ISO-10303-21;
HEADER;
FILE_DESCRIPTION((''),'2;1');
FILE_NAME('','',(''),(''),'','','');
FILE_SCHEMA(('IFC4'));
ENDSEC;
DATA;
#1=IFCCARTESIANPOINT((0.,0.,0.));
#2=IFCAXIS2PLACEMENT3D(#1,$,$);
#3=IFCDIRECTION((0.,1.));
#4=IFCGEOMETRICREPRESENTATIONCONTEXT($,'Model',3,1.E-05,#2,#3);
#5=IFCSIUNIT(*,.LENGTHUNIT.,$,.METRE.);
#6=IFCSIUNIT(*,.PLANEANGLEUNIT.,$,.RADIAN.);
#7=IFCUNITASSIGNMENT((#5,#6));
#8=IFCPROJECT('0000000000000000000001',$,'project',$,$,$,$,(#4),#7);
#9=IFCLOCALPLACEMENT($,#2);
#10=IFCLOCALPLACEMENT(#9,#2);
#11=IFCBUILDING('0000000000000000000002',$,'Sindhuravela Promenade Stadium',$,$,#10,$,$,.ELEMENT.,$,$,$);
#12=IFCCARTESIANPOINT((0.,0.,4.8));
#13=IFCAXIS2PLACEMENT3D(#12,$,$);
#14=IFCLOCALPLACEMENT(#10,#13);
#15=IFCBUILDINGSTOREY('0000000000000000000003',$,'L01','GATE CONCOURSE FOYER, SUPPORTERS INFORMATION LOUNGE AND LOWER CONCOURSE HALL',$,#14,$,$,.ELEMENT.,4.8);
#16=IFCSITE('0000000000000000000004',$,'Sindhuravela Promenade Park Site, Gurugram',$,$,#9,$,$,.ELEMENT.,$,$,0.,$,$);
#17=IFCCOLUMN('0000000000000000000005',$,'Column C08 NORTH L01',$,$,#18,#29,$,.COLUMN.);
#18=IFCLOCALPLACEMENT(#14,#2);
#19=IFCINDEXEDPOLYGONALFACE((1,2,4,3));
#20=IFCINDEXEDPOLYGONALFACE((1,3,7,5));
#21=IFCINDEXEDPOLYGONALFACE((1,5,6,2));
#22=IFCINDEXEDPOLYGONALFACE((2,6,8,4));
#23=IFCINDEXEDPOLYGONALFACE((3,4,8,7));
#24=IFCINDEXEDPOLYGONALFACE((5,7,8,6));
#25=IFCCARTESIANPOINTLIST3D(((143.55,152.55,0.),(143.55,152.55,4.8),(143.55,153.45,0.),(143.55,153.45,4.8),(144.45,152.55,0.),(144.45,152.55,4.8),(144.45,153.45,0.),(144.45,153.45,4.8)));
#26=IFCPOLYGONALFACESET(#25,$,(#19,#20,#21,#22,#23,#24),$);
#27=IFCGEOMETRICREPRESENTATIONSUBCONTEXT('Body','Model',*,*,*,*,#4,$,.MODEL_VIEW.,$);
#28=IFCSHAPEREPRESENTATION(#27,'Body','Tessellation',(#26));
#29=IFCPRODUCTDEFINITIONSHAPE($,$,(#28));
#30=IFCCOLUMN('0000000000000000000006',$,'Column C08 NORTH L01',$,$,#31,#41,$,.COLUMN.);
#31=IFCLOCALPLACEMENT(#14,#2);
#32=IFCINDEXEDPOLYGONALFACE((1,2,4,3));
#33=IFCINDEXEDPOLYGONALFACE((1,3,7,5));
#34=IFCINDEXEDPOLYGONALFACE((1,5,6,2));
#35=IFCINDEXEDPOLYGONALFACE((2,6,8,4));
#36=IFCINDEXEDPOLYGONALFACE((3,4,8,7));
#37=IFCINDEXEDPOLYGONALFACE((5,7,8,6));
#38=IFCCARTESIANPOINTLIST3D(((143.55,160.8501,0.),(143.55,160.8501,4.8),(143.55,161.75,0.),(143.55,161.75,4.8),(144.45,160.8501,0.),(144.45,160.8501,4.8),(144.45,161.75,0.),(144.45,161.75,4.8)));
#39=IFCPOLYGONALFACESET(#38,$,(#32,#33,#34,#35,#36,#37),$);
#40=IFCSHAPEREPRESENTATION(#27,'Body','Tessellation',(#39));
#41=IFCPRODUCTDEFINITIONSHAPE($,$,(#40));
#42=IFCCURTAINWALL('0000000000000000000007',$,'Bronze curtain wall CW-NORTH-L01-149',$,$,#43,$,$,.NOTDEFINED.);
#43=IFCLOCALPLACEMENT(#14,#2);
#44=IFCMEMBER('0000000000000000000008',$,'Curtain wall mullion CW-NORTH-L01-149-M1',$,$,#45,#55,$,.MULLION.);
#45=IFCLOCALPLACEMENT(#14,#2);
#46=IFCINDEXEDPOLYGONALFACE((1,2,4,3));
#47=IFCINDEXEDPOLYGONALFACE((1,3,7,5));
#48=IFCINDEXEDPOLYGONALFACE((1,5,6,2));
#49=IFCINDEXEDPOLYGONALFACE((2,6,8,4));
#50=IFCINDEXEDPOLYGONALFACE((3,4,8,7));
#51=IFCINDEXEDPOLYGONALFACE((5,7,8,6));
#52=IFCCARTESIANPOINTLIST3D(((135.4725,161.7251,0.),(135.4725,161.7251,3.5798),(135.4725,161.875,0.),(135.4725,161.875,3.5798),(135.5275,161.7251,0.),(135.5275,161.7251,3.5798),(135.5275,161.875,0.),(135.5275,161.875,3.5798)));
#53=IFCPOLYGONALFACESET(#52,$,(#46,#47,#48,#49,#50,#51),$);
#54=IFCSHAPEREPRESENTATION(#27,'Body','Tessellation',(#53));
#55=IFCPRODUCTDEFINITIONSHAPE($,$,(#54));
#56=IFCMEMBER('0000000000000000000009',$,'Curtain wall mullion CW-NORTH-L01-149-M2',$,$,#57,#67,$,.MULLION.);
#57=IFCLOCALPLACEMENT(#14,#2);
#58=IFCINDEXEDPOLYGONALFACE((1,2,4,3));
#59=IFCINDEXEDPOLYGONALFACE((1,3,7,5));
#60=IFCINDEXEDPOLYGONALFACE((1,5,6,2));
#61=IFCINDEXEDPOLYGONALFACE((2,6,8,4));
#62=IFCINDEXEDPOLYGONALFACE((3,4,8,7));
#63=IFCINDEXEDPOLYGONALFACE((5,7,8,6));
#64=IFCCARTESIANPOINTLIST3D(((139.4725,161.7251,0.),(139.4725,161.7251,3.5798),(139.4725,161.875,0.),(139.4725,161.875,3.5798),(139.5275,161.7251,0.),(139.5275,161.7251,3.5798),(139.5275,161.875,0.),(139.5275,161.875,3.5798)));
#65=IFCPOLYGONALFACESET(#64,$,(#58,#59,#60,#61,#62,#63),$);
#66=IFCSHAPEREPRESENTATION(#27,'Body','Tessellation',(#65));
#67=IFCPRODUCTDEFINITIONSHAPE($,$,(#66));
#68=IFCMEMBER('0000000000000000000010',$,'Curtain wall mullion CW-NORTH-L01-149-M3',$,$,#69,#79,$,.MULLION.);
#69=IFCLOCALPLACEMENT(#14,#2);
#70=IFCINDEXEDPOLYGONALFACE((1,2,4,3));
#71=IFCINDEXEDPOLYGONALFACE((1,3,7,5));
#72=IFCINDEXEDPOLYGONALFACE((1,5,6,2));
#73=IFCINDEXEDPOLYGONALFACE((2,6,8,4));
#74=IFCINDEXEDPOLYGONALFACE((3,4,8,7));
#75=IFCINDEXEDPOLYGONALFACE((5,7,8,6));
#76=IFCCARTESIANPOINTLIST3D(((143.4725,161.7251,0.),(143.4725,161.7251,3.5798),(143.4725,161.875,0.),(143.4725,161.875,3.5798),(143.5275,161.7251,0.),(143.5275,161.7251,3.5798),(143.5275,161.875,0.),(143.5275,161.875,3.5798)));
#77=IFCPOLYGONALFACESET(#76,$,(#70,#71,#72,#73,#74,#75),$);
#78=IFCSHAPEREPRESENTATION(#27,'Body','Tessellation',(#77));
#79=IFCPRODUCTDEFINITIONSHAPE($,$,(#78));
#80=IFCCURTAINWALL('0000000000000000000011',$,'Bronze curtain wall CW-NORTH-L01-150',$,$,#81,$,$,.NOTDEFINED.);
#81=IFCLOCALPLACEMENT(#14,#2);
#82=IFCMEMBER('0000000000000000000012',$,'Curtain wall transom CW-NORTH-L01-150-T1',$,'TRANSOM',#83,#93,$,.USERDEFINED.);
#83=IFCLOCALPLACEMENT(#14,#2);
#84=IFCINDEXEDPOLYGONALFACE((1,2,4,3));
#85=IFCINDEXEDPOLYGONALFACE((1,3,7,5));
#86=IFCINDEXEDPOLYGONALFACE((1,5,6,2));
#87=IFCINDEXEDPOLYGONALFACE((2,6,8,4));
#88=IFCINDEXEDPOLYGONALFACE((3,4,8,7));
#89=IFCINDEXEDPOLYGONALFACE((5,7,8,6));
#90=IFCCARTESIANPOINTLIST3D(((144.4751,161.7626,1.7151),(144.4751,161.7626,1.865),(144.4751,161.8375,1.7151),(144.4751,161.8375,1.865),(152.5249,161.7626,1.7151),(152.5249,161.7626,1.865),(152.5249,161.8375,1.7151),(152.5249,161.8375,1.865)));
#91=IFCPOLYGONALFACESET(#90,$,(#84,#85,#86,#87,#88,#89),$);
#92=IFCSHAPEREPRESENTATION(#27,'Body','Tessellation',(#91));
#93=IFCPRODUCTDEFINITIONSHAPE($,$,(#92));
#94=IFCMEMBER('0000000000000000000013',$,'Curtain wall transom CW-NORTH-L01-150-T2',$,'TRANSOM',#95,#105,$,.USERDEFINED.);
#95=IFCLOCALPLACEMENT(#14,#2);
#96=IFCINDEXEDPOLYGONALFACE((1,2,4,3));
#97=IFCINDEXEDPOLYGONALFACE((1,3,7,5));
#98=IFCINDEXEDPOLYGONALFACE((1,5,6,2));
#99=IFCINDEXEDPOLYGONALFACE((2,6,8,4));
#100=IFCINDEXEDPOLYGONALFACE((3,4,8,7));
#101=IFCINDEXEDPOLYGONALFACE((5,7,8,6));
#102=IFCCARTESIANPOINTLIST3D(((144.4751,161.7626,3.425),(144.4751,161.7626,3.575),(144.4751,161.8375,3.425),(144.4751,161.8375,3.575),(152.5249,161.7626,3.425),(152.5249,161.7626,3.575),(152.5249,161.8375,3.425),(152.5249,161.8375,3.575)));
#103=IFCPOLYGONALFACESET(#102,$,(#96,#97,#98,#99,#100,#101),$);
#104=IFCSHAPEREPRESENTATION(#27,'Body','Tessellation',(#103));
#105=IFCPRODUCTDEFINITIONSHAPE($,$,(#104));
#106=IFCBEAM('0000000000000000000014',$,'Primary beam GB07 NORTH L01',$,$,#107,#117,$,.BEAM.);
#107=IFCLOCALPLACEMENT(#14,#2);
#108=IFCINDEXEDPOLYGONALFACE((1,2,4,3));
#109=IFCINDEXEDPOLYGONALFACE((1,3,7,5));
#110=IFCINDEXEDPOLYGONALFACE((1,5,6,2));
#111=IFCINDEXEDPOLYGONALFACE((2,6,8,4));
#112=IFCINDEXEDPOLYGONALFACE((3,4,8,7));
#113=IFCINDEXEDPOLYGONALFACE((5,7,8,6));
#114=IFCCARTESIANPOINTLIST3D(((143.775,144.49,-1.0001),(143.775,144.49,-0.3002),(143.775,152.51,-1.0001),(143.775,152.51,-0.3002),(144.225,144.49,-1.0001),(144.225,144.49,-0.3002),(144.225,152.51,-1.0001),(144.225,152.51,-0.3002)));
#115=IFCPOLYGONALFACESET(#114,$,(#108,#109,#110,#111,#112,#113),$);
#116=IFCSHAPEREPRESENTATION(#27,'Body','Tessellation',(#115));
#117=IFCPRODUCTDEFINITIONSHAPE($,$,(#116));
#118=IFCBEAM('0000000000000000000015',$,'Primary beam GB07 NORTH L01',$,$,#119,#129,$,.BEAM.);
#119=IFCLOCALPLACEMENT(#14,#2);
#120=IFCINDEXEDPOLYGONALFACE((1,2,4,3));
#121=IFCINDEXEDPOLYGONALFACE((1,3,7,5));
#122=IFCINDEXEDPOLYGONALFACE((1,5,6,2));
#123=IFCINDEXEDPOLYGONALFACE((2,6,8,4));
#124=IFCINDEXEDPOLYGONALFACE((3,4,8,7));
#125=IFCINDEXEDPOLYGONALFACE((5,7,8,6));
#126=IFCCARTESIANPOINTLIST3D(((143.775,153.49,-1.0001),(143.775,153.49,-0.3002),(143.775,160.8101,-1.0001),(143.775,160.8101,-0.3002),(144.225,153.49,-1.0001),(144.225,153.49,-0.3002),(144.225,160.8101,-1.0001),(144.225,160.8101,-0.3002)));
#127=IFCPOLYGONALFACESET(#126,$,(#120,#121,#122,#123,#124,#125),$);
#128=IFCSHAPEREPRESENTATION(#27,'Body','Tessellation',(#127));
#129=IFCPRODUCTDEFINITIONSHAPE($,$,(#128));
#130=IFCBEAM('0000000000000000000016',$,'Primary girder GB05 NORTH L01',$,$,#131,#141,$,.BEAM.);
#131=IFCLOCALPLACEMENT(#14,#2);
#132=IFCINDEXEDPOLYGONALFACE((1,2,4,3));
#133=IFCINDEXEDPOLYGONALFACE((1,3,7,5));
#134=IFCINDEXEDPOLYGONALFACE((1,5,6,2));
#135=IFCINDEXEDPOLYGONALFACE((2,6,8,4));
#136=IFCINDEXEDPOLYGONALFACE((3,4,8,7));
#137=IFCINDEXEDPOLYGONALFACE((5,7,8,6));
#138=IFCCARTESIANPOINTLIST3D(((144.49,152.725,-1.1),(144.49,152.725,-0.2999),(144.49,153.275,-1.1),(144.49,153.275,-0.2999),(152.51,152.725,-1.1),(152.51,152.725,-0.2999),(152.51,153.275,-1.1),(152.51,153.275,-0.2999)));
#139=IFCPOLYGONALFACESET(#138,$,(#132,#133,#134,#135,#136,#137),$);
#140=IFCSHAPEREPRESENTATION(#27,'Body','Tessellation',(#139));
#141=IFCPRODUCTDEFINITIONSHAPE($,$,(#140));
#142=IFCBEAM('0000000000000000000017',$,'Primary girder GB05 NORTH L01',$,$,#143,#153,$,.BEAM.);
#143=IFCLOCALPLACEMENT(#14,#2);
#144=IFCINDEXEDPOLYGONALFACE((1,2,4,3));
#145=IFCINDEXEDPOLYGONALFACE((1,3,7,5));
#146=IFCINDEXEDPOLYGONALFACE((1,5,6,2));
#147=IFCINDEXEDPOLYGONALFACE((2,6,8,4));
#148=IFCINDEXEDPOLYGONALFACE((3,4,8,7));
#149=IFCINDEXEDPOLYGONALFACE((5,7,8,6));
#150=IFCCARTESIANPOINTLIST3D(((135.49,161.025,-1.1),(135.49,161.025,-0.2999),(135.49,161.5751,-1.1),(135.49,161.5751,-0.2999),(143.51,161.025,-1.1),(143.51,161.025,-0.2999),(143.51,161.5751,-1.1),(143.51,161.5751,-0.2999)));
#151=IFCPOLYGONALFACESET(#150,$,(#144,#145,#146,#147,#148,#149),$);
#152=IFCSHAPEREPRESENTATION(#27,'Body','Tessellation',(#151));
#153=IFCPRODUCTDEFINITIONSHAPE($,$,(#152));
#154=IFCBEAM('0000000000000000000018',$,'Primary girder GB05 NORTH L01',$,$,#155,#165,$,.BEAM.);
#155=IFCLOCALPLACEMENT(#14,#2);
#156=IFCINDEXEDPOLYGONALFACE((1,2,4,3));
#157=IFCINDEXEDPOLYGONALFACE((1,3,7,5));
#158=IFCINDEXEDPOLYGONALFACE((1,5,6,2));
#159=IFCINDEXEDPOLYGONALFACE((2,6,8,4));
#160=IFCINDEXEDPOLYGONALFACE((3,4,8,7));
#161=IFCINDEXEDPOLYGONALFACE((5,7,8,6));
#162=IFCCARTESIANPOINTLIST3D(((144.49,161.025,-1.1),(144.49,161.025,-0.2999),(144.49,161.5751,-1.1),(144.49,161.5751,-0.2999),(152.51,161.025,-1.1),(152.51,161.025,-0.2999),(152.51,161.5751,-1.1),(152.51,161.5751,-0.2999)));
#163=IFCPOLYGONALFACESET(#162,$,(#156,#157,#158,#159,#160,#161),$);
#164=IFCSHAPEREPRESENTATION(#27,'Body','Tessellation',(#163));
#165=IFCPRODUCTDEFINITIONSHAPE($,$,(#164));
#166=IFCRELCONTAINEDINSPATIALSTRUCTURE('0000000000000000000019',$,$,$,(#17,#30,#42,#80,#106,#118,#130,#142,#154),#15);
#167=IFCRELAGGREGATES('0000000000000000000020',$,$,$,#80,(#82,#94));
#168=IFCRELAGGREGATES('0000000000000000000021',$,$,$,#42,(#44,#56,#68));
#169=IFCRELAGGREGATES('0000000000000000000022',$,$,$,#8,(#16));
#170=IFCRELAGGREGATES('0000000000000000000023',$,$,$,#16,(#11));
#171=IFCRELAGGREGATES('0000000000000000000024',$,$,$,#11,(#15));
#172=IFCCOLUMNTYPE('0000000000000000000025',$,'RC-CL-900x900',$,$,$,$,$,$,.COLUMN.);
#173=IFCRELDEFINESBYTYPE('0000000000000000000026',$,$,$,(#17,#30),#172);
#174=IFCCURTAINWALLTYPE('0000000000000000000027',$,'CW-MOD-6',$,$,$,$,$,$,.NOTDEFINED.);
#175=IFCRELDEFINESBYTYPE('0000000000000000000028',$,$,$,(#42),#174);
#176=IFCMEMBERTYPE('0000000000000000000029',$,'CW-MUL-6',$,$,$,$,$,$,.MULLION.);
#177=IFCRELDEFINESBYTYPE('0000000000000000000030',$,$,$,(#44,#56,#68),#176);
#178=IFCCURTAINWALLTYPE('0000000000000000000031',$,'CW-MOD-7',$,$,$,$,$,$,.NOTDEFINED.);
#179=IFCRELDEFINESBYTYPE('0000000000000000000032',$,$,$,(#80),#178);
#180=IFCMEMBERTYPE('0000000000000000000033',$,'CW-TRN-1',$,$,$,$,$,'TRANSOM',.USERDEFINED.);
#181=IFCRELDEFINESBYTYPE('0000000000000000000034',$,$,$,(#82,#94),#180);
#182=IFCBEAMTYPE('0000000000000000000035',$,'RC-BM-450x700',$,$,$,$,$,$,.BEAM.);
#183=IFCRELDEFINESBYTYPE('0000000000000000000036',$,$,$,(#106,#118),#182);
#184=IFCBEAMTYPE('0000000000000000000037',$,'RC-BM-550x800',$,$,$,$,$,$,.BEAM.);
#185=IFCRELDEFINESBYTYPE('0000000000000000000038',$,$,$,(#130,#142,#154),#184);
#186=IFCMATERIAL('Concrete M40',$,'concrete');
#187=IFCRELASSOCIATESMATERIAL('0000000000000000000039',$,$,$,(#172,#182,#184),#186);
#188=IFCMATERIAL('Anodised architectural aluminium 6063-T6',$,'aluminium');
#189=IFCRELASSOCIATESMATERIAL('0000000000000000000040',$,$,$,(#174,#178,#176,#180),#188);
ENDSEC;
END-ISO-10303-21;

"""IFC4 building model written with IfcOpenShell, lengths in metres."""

from ifc_helpers import new_model, si_unit, direction, frame, origin, origin_2d, place, context, subcontext, project, spatial, rectangle, extrude, material, material_profile, profile_set, type_object, element, aggregate, save


model = new_model("IFC4")

# Units and contexts
model_context = context("Model", 3, precision=1e-05, world=origin(), true_north=direction((0.0, 1.0)))
body_context = subcontext(model_context, "Body", "Model", "MODEL_VIEW")
ifc_project = project(units=[si_unit("LENGTHUNIT", "METRE"), si_unit("PLANEANGLEUNIT", "RADIAN")], contexts=[model_context])

# Site, building, storey
site_placement = place(None, origin())
site = spatial("IfcSite", under=ifc_project, at=site_placement, Name="Sindhuravela Promenade Park Site, Gurugram", CompositionType="ELEMENT", RefElevation=0.0)
building_placement = place(site_placement, origin())
building = spatial("IfcBuilding", under=site, at=building_placement, Name="Sindhuravela Promenade Stadium", CompositionType="ELEMENT")
storey_placement = place(building_placement, frame((0.0, 0.0, 4.8)))
storey = spatial("IfcBuildingStorey", under=building, at=storey_placement, Name="L01", Description="GATE CONCOURSE FOYER, SUPPORTERS INFORMATION LOUNGE AND LOWER CONCOURSE HALL", CompositionType="ELEMENT", Elevation=4.8)

# Columns
ifc_material_1 = material(Name="Concrete M40", Category="concrete")
ifc_material_profile_1 = material_profile(ifc_material_1, rectangle(XDim=0.8999, YDim=0.8999, at=origin_2d()), Name="RC 900x900")
ifc_profile_set_1 = profile_set([ifc_material_profile_1], Name="Concrete M40")
column_type = type_object("IfcColumnType", Name="RC-CL-900x900", PredefinedType="COLUMN", material=ifc_profile_set_1)
for number, where, z_axis, x_axis, name in (
    (1, (144.0, 153.0, 0.0), (0.0, 0.0, 1.0), (1.0, 0.0, 0.0), "Column C08 NORTH L01"),
    (2, (144.0, 161.3, 0.0), (0.0, 0.0, 1.0), (1.0, 0.0, 0.0), "Column C08 NORTH L01"),
):
    element("IfcColumn", number, at=place(storey_placement, frame(where, z_axis=z_axis, x_axis=x_axis)), inside=storey, type_object=column_type, Name=name, PredefinedType="COLUMN", context=body_context, shape_type="SweptSolid", body=[
        extrude(rectangle(XDim=0.8999, YDim=0.8999, at=origin_2d()), origin(), (0.0, 0.0, 1.0), 4.8),
    ])

# Curtain walls, members
ifc_material_2 = material(Name="Anodised architectural aluminium 6063-T6", Category="aluminium")
curtain_wall_type_1 = type_object("IfcCurtainWallType", Name="CW-MOD-6", PredefinedType="NOTDEFINED", material=ifc_material_2)
curtain_wall_1_placement = place(storey_placement, origin())
curtain_wall_1 = element("IfcCurtainWall", 3, at=curtain_wall_1_placement, inside=storey, type_object=curtain_wall_type_1, Name="Bronze curtain wall CW-NORTH-L01-149", PredefinedType="NOTDEFINED")
ifc_material_profile_2 = material_profile(ifc_material_2, rectangle(XDim=0.0549, YDim=0.1499, at=origin_2d()), Name="ALU M55x150")
ifc_profile_set_2 = profile_set([ifc_material_profile_2], Name="Anodised architectural aluminium 6063-T6")
member_type_1 = type_object("IfcMemberType", Name="CW-MUL-6", PredefinedType="MULLION", material=ifc_profile_set_2)
member_1_placement = place(storey_placement, frame((135.5, 161.8, 0.0), z_axis=(0.0, 0.0, 1.0), x_axis=(1.0, 0.0, 0.0)))
member_1 = element("IfcMember", 4, at=member_1_placement, type_object=member_type_1, Name="Curtain wall mullion CW-NORTH-L01-149-M1", PredefinedType="MULLION", context=body_context, shape_type="SweptSolid", body=[
    extrude(rectangle(XDim=0.0549, YDim=0.1499, at=origin_2d()), origin(), (0.0, 0.0, 1.0), 3.5798),
])
member_2_placement = place(storey_placement, frame((139.5, 161.8, 0.0), z_axis=(0.0, 0.0, 1.0), x_axis=(1.0, 0.0, 0.0)))
member_2 = element("IfcMember", 5, at=member_2_placement, type_object=member_type_1, Name="Curtain wall mullion CW-NORTH-L01-149-M2", PredefinedType="MULLION", context=body_context, shape_type="SweptSolid", body=[
    extrude(rectangle(XDim=0.0549, YDim=0.1499, at=origin_2d()), origin(), (0.0, 0.0, 1.0), 3.5798),
])
member_3_placement = place(storey_placement, frame((143.5, 161.8, 0.0), z_axis=(0.0, 0.0, 1.0), x_axis=(1.0, 0.0, 0.0)))
member_3 = element("IfcMember", 6, at=member_3_placement, type_object=member_type_1, Name="Curtain wall mullion CW-NORTH-L01-149-M3", PredefinedType="MULLION", context=body_context, shape_type="SweptSolid", body=[
    extrude(rectangle(XDim=0.0549, YDim=0.1499, at=origin_2d()), origin(), (0.0, 0.0, 1.0), 3.5798),
])
curtain_wall_type_2 = type_object("IfcCurtainWallType", Name="CW-MOD-7", PredefinedType="NOTDEFINED", material=ifc_material_2)
curtain_wall_2_placement = place(storey_placement, origin())
curtain_wall_2 = element("IfcCurtainWall", 7, at=curtain_wall_2_placement, inside=storey, type_object=curtain_wall_type_2, Name="Bronze curtain wall CW-NORTH-L01-150", PredefinedType="NOTDEFINED")
ifc_material_profile_3 = material_profile(ifc_material_2, rectangle(XDim=0.075, YDim=0.1499, at=origin_2d()), Name="ALU TRAN 75x150")
ifc_profile_set_3 = profile_set([ifc_material_profile_3], Name="Anodised architectural aluminium 6063-T6")
member_type_2 = type_object("IfcMemberType", Name="CW-TRN-1", ElementType="TRANSOM", PredefinedType="USERDEFINED", material=ifc_profile_set_3)
member_4_placement = place(storey_placement, frame((144.4751, 161.8, 1.79), z_axis=(1.0, 0.0, 0.0), x_axis=(0.0, 1.0, 0.0)))
member_4 = element("IfcMember", 8, at=member_4_placement, type_object=member_type_2, Name="Curtain wall transom CW-NORTH-L01-150-T1", ObjectType="TRANSOM", PredefinedType="USERDEFINED", context=body_context, shape_type="SweptSolid", body=[
    extrude(rectangle(XDim=0.075, YDim=0.1499, at=origin_2d()), origin(), (0.0, 0.0, 1.0), 8.0498),
])
member_5_placement = place(storey_placement, frame((144.4751, 161.8, 3.5), z_axis=(1.0, 0.0, 0.0), x_axis=(0.0, 1.0, 0.0)))
member_5 = element("IfcMember", 9, at=member_5_placement, type_object=member_type_2, Name="Curtain wall transom CW-NORTH-L01-150-T2", ObjectType="TRANSOM", PredefinedType="USERDEFINED", context=body_context, shape_type="SweptSolid", body=[
    extrude(rectangle(XDim=0.075, YDim=0.1499, at=origin_2d()), origin(), (0.0, 0.0, 1.0), 8.0498),
])
aggregate(curtain_wall_2, [member_4, member_5])

# Beams
ifc_material_profile_4 = material_profile(ifc_material_1, rectangle(XDim=0.45, YDim=0.7, at=origin_2d()), Name="RC 450x700")
ifc_profile_set_4 = profile_set([ifc_material_profile_4], Name="Concrete M40")
beam_type_1 = type_object("IfcBeamType", Name="RC-BM-450x700", PredefinedType="BEAM", material=ifc_profile_set_4)
beam_1_placement = place(storey_placement, frame((144.0, 144.49, -0.6501), z_axis=(0.0, 1.0, 0.0), x_axis=(-1.0, 0.0, 0.0)))
element("IfcBeam", 10, at=beam_1_placement, inside=storey, type_object=beam_type_1, Name="Primary beam GB07 NORTH L01", PredefinedType="BEAM", context=body_context, shape_type="SweptSolid", body=[
    extrude(rectangle(XDim=0.45, YDim=0.7, at=origin_2d()), origin(), (0.0, 0.0, 1.0), 8.02),
])
beam_2_placement = place(storey_placement, frame((144.0, 153.49, -0.6501), z_axis=(0.0, 1.0, 0.0), x_axis=(-1.0, 0.0, 0.0)))
element("IfcBeam", 11, at=beam_2_placement, inside=storey, type_object=beam_type_1, Name="Primary beam GB07 NORTH L01", PredefinedType="BEAM", context=body_context, shape_type="SweptSolid", body=[
    extrude(rectangle(XDim=0.45, YDim=0.7, at=origin_2d()), origin(), (0.0, 0.0, 1.0), 7.3201),
])
ifc_material_profile_5 = material_profile(ifc_material_1, rectangle(XDim=0.55, YDim=0.8, at=origin_2d()), Name="RC 550x800")
ifc_profile_set_5 = profile_set([ifc_material_profile_5], Name="Concrete M40")
beam_type_2 = type_object("IfcBeamType", Name="RC-BM-550x800", PredefinedType="BEAM", material=ifc_profile_set_5)
for number, where, z_axis, x_axis, name in (
    (12, (144.49, 153.0, -0.7), (1.0, 0.0, 0.0), (0.0, 1.0, 0.0), "Primary girder GB05 NORTH L01"),
    (13, (135.49, 161.3, -0.7), (1.0, 0.0, 0.0), (0.0, 1.0, 0.0), "Primary girder GB05 NORTH L01"),
    (14, (144.49, 161.3, -0.7), (1.0, 0.0, 0.0), (0.0, 1.0, 0.0), "Primary girder GB05 NORTH L01"),
):
    element("IfcBeam", number, at=place(storey_placement, frame(where, z_axis=z_axis, x_axis=x_axis)), inside=storey, type_object=beam_type_2, Name=name, PredefinedType="BEAM", context=body_context, shape_type="SweptSolid", body=[
        extrude(rectangle(XDim=0.55, YDim=0.8, at=origin_2d()), origin(), (0.0, 0.0, 1.0), 8.02),
    ])

aggregate(curtain_wall_1, [member_1, member_2, member_3])

save(model, "model.ifc")
